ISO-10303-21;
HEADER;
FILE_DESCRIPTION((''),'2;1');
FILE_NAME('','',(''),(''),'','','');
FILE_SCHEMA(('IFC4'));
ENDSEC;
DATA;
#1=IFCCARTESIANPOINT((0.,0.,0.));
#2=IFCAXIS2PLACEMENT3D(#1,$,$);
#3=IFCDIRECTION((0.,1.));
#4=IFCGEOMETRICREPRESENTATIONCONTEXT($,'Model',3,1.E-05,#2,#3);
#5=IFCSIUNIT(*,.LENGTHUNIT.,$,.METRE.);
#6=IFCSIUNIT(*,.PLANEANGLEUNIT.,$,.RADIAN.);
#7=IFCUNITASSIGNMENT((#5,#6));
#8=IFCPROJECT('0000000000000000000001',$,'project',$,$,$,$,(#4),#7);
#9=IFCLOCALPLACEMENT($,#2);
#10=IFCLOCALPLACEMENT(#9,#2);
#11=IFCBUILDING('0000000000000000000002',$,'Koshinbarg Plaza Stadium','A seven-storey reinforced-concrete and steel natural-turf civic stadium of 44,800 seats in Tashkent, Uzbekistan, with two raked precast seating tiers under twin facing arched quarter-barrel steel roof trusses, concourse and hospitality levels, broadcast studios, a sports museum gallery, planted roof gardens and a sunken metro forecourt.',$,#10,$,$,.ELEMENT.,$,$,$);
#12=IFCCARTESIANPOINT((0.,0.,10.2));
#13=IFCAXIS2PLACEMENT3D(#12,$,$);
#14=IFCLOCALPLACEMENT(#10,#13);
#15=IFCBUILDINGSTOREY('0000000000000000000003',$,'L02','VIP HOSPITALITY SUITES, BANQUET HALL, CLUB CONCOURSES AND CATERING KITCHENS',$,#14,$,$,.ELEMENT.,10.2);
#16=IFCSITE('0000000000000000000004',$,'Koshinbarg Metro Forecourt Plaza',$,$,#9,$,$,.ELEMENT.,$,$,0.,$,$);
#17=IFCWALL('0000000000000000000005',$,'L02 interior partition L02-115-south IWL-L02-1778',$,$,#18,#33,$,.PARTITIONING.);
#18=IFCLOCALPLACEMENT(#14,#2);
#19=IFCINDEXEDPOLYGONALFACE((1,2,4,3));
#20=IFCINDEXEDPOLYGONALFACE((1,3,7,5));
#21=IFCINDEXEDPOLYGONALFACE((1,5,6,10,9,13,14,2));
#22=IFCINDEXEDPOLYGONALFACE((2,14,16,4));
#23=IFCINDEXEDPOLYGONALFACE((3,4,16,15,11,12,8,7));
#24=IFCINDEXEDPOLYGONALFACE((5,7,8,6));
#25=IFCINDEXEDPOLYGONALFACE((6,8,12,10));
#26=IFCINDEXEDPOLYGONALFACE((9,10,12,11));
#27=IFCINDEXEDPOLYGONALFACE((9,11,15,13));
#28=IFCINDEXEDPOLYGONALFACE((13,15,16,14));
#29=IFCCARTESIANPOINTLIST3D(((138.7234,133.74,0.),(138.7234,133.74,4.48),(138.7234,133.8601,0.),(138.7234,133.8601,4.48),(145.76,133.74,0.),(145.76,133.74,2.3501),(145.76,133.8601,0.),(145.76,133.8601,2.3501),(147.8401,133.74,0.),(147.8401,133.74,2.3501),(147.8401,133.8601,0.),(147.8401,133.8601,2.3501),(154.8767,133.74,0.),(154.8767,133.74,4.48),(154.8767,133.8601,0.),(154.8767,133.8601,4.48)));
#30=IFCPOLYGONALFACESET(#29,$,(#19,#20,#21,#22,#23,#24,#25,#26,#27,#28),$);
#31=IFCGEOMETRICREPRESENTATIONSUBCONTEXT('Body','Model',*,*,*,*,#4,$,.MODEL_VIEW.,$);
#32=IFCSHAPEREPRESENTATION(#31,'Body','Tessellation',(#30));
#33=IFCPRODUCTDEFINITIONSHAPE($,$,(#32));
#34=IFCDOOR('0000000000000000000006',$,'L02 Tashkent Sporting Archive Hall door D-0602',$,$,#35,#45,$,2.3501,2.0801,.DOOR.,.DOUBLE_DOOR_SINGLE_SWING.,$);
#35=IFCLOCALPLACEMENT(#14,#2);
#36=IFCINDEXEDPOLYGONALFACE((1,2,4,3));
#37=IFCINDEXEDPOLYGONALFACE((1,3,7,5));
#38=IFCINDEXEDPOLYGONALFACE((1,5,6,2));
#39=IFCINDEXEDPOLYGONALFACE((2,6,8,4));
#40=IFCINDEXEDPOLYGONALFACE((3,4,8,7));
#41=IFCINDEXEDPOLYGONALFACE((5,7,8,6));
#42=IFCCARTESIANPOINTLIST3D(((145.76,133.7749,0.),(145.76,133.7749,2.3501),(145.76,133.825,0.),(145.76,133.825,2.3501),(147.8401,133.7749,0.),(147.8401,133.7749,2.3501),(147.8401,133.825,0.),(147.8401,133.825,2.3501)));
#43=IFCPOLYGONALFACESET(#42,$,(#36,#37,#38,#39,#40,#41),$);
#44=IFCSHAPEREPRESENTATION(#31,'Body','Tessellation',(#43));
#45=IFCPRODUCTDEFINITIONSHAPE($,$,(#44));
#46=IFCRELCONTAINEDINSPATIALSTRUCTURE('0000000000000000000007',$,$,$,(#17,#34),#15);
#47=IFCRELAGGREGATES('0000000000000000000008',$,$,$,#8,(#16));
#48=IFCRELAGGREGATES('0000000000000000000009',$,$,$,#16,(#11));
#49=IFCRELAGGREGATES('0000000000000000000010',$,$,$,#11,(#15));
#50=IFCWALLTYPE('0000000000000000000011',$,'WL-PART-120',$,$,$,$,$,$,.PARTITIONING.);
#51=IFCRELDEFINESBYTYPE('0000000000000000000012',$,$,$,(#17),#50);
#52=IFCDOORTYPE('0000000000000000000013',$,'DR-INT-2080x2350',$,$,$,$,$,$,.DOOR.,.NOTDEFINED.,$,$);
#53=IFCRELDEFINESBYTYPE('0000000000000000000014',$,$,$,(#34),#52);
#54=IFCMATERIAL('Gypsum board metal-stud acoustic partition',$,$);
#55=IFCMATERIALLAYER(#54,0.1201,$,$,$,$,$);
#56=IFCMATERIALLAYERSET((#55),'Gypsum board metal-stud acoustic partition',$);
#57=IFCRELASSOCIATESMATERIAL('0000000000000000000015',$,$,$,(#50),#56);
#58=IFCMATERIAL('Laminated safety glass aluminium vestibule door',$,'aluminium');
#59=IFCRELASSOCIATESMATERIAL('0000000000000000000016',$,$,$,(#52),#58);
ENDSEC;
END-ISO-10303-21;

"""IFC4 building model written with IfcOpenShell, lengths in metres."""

from ifc_helpers import new_model, si_unit, direction, frame, frame_2d, origin, place, context, subcontext, project, spatial, rectangle, extrude, material, layer, layer_set, type_object, element, fill, save


model = new_model("IFC4")

# Units and contexts
model_context = context("Model", 3, precision=1e-05, world=origin(), true_north=direction((0.0, 1.0)))
body_context = subcontext(model_context, "Body", "Model", "MODEL_VIEW")
ifc_project = project(units=[si_unit("LENGTHUNIT", "METRE"), si_unit("PLANEANGLEUNIT", "RADIAN")], contexts=[model_context])

# Site, building, storey
site_placement = place(None, origin())
site = spatial("IfcSite", under=ifc_project, at=site_placement, Name="Koshinbarg Metro Forecourt Plaza", CompositionType="ELEMENT", RefElevation=0.0)
building_placement = place(site_placement, origin())
building = spatial("IfcBuilding", under=site, at=building_placement, Name="Koshinbarg Plaza Stadium", Description="A seven-storey reinforced-concrete and steel natural-turf civic stadium of 44,800 seats in Tashkent, Uzbekistan, with two raked precast seating tiers under twin facing arched quarter-barrel steel roof trusses, concourse and hospitality levels, broadcast studios, a sports museum gallery, planted roof gardens and a sunken metro forecourt.", CompositionType="ELEMENT")
storey_placement = place(building_placement, frame((0.0, 0.0, 10.2)))
storey = spatial("IfcBuildingStorey", under=building, at=storey_placement, Name="L02", Description="VIP HOSPITALITY SUITES, BANQUET HALL, CLUB CONCOURSES AND CATERING KITCHENS", CompositionType="ELEMENT", Elevation=10.2)

# Shared definitions
ifc_material_1 = material(Name="Gypsum board metal-stud acoustic partition")
ifc_layer_1 = layer(ifc_material_1, 0.1201)
ifc_layer_set_1 = layer_set([ifc_layer_1], Name="Gypsum board metal-stud acoustic partition")
wall_type = type_object("IfcWallType", Name="WL-PART-120", PredefinedType="PARTITIONING", material=ifc_layer_set_1)

# Wall, opening, door
wall_1_placement = place(storey_placement, frame((138.7234, 133.8, 0.0), z_axis=(0.0, 0.0, 1.0), x_axis=(1.0, 0.0, 0.0)))
wall_1 = element("IfcWall", 1, at=wall_1_placement, inside=storey, type_object=wall_type, Name="L02 interior partition L02-115-south IWL-L02-1778", PredefinedType="PARTITIONING", context=body_context, shape_type="SweptSolid", body=[
    extrude(rectangle(XDim=16.1533, YDim=0.1201, at=frame_2d((8.0767, 0.0))), origin(), (0.0, 0.0, 1.0), 4.48),
])
opening_placement = place(wall_1_placement, frame((7.0366, 0.0, 0.0)))
opening = element("IfcOpeningElement", 2, at=opening_placement, cuts=wall_1, PredefinedType="OPENING", context=body_context, shape_type="SweptSolid", body=[
    extrude(rectangle(XDim=2.0801, YDim=2.3501, at=frame_2d((1.04, 1.175))), frame((0.0, 0.0701, 0.0), z_axis=(0.0, -1.0, 0.0), x_axis=(1.0, 0.0, 0.0)), (0.0, 0.0, 1.0), 0.1401),
])
ifc_material_2 = material(Name="Laminated safety glass aluminium vestibule door", Category="aluminium")
door_type = type_object("IfcDoorType", Name="DR-INT-2080x2350", OperationType="NOTDEFINED", PredefinedType="DOOR", material=ifc_material_2)
door_placement = place(opening_placement, origin())
door = element("IfcDoor", 3, at=door_placement, inside=storey, type_object=door_type, Name="L02 Tashkent Sporting Archive Hall door D-0602", OperationType="DOUBLE_DOOR_SINGLE_SWING", OverallHeight=2.3501, OverallWidth=2.0801, PredefinedType="DOOR", context=body_context, shape_type="SweptSolid", body=[
    extrude(rectangle(XDim=2.0801, YDim=2.3501, at=frame_2d((1.04, 1.175))), frame((0.0, 0.0249, 0.0), z_axis=(0.0, -1.0, 0.0), x_axis=(1.0, 0.0, 0.0)), (0.0, 0.0, 1.0), 0.05),
])
fill(opening, door)

save(model, "model.ifc")
